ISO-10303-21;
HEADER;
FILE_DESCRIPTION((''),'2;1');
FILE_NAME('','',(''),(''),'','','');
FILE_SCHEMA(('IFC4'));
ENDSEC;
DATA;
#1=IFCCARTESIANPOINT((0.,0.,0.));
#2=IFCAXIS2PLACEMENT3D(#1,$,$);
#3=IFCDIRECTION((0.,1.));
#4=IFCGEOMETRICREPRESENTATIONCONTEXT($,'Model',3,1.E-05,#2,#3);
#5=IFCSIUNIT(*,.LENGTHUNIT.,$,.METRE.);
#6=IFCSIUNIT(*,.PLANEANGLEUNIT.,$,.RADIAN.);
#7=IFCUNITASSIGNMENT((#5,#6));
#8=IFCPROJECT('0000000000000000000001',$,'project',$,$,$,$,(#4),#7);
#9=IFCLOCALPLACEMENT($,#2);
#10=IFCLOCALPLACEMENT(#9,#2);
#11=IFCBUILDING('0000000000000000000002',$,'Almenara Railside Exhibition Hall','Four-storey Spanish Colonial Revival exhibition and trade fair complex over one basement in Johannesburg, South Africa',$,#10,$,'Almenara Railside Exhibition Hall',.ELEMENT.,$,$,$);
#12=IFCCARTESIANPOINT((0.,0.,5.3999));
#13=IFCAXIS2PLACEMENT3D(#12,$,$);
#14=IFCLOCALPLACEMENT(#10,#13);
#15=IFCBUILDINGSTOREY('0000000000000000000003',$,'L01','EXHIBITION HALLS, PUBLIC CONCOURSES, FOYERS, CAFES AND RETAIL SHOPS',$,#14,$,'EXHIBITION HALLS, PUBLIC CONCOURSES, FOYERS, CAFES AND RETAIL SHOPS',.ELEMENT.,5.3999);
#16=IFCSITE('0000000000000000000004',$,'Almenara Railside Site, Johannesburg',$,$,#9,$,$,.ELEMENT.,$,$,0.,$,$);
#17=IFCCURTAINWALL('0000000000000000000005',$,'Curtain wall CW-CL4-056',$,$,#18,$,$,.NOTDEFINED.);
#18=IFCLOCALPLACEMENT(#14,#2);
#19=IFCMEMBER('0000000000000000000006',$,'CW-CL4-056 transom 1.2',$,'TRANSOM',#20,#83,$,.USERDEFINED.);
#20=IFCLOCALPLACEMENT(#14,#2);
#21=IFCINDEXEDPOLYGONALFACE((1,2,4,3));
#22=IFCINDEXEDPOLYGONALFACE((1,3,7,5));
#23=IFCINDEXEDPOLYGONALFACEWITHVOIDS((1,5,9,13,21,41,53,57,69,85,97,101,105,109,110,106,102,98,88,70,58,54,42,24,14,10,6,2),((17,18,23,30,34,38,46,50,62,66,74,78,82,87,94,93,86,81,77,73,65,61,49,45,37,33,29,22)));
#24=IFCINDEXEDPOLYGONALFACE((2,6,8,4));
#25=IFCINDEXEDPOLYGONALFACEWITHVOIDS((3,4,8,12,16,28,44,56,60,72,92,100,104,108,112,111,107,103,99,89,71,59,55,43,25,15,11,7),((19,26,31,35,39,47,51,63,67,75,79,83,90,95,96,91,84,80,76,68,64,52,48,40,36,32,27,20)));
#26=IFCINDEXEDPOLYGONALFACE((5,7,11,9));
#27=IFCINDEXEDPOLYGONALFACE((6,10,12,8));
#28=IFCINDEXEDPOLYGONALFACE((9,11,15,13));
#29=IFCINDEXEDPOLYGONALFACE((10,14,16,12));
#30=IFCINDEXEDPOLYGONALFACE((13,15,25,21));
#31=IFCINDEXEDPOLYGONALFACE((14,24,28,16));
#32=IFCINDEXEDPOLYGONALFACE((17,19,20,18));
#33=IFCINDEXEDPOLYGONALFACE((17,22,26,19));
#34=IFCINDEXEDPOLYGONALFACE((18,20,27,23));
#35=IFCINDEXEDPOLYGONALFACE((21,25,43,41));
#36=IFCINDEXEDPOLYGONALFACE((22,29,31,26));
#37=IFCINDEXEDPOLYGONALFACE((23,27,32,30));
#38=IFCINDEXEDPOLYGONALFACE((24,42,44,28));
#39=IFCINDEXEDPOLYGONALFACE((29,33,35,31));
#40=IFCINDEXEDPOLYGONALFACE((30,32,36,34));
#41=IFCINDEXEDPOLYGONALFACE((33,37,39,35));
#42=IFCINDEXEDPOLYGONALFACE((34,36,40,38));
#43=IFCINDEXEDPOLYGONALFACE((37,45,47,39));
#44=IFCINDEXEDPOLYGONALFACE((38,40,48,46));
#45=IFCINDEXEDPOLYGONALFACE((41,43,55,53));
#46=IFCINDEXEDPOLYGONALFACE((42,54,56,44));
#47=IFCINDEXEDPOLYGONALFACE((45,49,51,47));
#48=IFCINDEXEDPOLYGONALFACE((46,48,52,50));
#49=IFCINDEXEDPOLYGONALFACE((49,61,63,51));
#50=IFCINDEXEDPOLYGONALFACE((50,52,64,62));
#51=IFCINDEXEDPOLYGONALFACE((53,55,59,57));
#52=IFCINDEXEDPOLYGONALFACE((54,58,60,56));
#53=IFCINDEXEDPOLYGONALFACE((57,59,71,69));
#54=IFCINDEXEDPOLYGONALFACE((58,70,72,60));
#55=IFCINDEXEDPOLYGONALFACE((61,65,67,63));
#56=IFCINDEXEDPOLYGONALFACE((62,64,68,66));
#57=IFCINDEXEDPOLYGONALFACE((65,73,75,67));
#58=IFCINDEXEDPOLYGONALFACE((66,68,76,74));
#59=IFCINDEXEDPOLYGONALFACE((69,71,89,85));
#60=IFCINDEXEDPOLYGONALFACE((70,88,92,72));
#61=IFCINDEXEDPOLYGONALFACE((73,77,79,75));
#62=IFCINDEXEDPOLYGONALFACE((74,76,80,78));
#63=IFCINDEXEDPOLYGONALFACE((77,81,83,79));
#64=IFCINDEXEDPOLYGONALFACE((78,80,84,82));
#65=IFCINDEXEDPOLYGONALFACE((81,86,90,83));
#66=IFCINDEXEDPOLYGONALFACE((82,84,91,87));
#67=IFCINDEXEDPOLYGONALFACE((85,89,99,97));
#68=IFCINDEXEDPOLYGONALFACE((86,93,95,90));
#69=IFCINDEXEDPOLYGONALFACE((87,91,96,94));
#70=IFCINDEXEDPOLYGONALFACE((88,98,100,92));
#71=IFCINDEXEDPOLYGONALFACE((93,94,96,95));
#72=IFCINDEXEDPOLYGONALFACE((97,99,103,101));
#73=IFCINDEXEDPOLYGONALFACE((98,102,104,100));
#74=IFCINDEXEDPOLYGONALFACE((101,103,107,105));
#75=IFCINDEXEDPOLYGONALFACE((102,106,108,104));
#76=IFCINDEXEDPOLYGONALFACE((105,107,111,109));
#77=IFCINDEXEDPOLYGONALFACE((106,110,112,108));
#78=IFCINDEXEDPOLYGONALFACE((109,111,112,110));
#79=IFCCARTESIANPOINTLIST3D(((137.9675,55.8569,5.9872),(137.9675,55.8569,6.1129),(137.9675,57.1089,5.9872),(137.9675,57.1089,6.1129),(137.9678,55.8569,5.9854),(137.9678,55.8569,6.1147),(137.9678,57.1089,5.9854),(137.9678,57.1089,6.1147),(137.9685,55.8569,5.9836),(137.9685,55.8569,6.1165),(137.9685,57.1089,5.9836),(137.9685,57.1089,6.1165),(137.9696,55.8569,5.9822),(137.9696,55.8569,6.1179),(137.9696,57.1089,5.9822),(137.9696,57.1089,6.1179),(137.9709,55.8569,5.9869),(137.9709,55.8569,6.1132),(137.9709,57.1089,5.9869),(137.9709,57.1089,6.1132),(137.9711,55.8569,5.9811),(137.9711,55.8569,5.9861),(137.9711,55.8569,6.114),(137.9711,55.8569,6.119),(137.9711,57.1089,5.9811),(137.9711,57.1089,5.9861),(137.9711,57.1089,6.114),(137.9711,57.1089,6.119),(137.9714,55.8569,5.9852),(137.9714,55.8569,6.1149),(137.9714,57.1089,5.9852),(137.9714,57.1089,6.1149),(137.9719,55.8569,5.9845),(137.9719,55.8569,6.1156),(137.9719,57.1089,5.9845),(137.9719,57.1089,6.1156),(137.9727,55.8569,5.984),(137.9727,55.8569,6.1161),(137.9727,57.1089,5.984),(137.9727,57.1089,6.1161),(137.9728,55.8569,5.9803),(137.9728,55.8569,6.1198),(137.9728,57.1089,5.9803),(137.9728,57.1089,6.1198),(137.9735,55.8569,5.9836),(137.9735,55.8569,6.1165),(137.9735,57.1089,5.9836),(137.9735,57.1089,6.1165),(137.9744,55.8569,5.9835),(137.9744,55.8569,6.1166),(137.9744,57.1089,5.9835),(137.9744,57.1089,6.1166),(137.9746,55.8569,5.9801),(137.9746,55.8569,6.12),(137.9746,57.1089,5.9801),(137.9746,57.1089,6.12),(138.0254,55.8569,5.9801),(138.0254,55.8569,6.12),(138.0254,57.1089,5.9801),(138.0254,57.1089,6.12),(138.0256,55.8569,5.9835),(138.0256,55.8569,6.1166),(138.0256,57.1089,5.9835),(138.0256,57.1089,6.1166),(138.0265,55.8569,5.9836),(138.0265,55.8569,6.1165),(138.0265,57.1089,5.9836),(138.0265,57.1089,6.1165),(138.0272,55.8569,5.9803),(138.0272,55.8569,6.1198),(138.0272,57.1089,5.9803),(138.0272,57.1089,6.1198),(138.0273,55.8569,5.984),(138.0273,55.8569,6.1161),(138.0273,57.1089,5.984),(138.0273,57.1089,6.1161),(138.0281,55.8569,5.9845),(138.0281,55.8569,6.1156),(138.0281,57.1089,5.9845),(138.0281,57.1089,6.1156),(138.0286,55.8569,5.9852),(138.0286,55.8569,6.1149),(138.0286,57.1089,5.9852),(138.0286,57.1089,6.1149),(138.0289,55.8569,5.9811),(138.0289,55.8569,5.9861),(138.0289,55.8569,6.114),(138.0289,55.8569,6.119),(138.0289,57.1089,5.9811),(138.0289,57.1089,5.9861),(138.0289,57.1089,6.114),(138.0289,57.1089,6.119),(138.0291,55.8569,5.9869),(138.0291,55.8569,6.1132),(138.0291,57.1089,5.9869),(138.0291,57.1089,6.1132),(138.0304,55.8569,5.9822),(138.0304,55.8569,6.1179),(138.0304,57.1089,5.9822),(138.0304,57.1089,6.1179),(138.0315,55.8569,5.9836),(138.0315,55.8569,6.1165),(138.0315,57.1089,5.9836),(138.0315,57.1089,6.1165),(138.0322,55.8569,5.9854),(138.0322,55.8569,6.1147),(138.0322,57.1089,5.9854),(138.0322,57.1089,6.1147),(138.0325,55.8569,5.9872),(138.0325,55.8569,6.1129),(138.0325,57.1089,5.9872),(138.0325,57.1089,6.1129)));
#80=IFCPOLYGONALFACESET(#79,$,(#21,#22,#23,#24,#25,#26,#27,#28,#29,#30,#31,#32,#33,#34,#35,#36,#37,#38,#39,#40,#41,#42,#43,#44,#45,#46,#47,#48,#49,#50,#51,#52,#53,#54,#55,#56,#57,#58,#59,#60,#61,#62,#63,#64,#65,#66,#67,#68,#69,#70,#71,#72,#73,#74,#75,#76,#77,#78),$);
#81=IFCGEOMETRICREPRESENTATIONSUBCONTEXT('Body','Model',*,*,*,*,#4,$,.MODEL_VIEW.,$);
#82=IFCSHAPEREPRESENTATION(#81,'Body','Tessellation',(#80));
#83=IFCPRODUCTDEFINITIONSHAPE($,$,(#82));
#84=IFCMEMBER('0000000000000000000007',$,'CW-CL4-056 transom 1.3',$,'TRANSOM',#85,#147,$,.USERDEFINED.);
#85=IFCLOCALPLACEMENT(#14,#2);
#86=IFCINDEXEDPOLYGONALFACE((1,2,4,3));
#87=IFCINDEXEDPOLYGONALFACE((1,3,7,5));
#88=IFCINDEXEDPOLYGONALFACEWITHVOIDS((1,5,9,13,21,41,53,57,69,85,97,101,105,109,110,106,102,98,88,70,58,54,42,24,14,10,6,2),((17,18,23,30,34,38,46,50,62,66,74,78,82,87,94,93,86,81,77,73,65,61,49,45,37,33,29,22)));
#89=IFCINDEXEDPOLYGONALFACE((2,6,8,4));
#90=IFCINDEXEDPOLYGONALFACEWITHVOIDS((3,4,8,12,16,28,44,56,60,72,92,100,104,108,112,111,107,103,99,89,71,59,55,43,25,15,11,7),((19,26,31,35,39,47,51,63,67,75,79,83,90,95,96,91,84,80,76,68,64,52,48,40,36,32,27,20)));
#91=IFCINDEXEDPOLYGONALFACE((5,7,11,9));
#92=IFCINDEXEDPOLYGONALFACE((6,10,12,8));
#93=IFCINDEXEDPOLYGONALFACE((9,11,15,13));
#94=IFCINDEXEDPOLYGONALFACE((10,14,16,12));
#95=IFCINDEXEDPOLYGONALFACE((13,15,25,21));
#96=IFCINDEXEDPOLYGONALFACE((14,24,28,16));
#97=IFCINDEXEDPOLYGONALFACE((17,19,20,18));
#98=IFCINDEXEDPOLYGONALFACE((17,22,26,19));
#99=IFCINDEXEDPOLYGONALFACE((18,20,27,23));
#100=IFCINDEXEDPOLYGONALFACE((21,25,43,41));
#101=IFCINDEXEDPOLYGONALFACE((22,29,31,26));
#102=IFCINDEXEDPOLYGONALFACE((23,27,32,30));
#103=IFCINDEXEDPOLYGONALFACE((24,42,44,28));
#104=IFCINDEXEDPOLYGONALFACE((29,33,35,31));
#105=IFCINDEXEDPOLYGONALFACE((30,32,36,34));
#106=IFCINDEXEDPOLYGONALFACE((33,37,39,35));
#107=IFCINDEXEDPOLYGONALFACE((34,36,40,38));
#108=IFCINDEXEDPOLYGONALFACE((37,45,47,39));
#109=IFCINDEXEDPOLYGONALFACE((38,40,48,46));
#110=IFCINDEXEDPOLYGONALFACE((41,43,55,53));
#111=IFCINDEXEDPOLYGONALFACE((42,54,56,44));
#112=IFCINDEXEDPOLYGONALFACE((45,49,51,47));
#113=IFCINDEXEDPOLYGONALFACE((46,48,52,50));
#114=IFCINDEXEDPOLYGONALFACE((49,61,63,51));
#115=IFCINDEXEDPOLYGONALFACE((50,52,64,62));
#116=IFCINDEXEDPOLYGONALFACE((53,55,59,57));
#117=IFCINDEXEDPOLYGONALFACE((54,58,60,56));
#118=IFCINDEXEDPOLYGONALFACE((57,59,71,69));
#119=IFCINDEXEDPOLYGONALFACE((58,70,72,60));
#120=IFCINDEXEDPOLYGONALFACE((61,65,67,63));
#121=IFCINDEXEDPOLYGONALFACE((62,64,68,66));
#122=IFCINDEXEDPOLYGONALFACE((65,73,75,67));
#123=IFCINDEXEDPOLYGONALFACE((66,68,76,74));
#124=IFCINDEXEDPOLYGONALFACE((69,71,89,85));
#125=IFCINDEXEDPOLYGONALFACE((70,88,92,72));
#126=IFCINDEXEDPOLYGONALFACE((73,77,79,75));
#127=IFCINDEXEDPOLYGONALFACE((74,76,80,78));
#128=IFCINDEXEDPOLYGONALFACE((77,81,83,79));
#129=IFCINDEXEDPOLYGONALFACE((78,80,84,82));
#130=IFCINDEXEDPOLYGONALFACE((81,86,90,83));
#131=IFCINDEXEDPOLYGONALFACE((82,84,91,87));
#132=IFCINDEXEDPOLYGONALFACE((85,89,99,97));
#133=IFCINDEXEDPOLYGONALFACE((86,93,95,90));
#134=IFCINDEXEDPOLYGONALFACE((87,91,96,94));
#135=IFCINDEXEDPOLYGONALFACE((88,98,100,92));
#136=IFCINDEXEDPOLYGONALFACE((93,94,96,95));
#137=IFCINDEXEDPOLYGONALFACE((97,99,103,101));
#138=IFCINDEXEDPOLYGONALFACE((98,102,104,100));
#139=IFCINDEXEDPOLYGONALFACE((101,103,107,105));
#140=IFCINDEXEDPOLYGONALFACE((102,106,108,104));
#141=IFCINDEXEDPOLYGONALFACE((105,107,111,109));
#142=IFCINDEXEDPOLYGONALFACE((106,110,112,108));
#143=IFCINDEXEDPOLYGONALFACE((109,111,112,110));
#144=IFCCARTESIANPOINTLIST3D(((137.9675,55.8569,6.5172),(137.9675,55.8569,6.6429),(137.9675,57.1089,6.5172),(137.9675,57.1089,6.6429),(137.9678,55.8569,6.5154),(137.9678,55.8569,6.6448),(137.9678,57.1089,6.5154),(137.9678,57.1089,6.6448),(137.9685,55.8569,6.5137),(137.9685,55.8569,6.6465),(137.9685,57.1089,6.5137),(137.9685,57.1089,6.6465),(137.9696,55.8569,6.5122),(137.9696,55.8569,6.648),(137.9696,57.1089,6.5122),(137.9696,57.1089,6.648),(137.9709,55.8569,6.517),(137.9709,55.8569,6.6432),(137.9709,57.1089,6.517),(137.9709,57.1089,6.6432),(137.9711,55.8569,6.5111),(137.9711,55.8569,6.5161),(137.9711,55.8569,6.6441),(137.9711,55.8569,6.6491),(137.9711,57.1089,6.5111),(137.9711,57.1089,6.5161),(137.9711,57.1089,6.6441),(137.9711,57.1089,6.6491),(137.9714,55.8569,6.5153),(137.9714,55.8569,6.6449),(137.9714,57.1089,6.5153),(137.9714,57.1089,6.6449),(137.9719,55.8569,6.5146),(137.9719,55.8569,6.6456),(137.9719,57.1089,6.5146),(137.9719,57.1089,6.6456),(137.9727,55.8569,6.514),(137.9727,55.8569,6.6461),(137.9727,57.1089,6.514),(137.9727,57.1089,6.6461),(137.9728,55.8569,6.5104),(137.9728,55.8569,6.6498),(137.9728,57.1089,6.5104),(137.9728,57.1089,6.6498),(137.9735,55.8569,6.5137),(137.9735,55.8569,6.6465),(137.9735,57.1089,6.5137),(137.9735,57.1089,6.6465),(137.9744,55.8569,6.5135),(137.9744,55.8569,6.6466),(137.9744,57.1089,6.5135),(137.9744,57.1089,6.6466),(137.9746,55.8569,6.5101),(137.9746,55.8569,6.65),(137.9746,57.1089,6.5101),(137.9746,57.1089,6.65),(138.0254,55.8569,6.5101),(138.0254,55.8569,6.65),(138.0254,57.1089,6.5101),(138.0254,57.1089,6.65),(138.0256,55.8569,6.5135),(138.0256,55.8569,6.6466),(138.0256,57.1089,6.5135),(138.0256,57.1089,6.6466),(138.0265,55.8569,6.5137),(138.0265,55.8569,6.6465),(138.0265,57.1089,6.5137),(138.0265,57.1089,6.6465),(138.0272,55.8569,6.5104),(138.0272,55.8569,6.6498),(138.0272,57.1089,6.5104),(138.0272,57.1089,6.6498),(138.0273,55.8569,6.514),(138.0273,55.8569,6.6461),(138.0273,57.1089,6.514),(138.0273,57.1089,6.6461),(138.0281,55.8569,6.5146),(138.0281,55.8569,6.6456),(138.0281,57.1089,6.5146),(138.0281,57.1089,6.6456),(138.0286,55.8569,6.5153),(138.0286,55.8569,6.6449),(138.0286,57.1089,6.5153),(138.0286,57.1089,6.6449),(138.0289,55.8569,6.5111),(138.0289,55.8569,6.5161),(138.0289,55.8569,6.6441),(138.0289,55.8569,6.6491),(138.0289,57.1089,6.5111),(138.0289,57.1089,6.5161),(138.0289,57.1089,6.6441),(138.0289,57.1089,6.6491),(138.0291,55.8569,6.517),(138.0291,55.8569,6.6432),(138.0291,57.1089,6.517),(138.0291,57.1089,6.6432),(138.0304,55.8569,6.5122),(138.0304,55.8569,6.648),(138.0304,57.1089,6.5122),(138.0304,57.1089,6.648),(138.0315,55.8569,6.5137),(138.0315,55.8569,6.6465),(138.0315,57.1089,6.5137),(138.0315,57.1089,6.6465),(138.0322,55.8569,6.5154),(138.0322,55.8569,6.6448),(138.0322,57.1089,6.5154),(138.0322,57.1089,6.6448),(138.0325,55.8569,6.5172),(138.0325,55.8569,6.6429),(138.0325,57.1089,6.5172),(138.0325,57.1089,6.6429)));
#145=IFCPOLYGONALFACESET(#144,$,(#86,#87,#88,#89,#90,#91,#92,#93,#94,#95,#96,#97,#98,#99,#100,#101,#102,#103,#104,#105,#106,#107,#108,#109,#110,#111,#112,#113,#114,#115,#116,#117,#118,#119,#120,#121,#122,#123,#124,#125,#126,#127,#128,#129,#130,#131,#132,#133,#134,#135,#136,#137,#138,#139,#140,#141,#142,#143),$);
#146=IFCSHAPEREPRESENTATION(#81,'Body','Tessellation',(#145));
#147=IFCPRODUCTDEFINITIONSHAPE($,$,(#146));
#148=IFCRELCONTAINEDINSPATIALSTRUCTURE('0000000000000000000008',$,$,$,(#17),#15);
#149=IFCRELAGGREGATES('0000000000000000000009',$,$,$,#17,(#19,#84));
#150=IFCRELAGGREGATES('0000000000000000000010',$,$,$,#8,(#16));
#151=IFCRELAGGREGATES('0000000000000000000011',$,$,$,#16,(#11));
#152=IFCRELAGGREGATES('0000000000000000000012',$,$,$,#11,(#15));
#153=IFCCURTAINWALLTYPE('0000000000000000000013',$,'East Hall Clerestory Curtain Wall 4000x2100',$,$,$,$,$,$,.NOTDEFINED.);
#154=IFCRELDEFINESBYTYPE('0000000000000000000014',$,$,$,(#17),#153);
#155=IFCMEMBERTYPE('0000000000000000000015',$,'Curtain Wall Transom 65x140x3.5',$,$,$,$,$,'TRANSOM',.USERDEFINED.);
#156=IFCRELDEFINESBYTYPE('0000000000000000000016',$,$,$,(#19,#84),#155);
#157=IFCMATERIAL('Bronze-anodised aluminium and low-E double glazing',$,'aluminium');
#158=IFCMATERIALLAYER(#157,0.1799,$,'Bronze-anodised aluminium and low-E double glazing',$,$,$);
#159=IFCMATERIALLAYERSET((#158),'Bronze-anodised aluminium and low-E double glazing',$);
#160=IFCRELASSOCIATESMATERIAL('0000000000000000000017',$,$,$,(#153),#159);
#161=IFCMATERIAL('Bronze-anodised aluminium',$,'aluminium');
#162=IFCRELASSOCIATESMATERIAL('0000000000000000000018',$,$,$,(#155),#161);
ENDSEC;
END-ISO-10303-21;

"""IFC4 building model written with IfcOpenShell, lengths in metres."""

from ifc_helpers import new_model, si_unit, direction, frame, origin, origin_2d, place, context, subcontext, project, spatial, hollow_rectangle, extrude, material, layer, layer_set, material_profile, profile_set, type_object, element, aggregate, save


model = new_model("IFC4")

# Units and contexts
model_context = context("Model", 3, precision=1e-05, world=origin(), true_north=direction((0.0, 1.0)))
body_context = subcontext(model_context, "Body", "Model", "MODEL_VIEW")
ifc_project = project(units=[si_unit("LENGTHUNIT", "METRE"), si_unit("PLANEANGLEUNIT", "RADIAN")], contexts=[model_context])

# Site, building, storey
site_placement = place(None, origin())
site = spatial("IfcSite", under=ifc_project, at=site_placement, Name="Almenara Railside Site, Johannesburg", CompositionType="ELEMENT", RefElevation=0.0)
building_placement = place(site_placement, origin())
building = spatial("IfcBuilding", under=site, at=building_placement, Name="Almenara Railside Exhibition Hall", Description="Four-storey Spanish Colonial Revival exhibition and trade fair complex over one basement in Johannesburg, South Africa", LongName="Almenara Railside Exhibition Hall", CompositionType="ELEMENT")
storey_placement = place(building_placement, frame((0.0, 0.0, 5.3999)))
storey = spatial("IfcBuildingStorey", under=building, at=storey_placement, Name="L01", Description="EXHIBITION HALLS, PUBLIC CONCOURSES, FOYERS, CAFES AND RETAIL SHOPS", LongName="EXHIBITION HALLS, PUBLIC CONCOURSES, FOYERS, CAFES AND RETAIL SHOPS", CompositionType="ELEMENT", Elevation=5.3999)

# Curtain wall
ifc_material_1 = material(Name="Bronze-anodised aluminium and low-E double glazing", Category="aluminium")
ifc_layer_1 = layer(ifc_material_1, 0.1799, Name="Bronze-anodised aluminium and low-E double glazing")
ifc_layer_set_1 = layer_set([ifc_layer_1], Name="Bronze-anodised aluminium and low-E double glazing")
curtain_wall_type = type_object("IfcCurtainWallType", Name="East Hall Clerestory Curtain Wall 4000x2100", PredefinedType="NOTDEFINED", material=ifc_layer_set_1)
curtain_wall_1_placement = place(storey_placement, origin())
curtain_wall_1 = element("IfcCurtainWall", 1, at=curtain_wall_1_placement, inside=storey, type_object=curtain_wall_type, Name="Curtain wall CW-CL4-056", PredefinedType="NOTDEFINED")
ifc_material_2 = material(Name="Bronze-anodised aluminium", Category="aluminium")

# Members
ifc_material_profile_1 = material_profile(ifc_material_2, hollow_rectangle(XDim=0.0649, YDim=0.1399, WallThickness=0.0034, InnerFilletRadius=0.0034, OuterFilletRadius=0.0071, at=origin_2d()), Name="ALU-TRN 65x140x3.5")
ifc_profile_set_1 = profile_set([ifc_material_profile_1], Name="Bronze-anodised aluminium")
member_type_1 = type_object("IfcMemberType", Name="Curtain Wall Transom 65x140x3.5", ElementType="TRANSOM", PredefinedType="USERDEFINED", material=ifc_profile_set_1)
member_1_placement = place(storey_placement, frame((138.0, 55.8569, 6.05), z_axis=(0.0, 1.0, 0.0), x_axis=(-1.0, 0.0, 0.0)))
member_1 = element("IfcMember", 2, at=member_1_placement, type_object=member_type_1, Name="CW-CL4-056 transom 1.2", ObjectType="TRANSOM", PredefinedType="USERDEFINED", context=body_context, shape_type="SweptSolid", body=[
    extrude(hollow_rectangle(XDim=0.0649, YDim=0.1399, WallThickness=0.0034, InnerFilletRadius=0.0034, OuterFilletRadius=0.0071, at=origin_2d()), origin(), (0.0, 0.0, 1.0), 1.252),
])
member_2_placement = place(storey_placement, frame((138.0, 55.8569, 6.5801), z_axis=(0.0, 1.0, 0.0), x_axis=(-1.0, 0.0, 0.0)))
member_2 = element("IfcMember", 3, at=member_2_placement, type_object=member_type_1, Name="CW-CL4-056 transom 1.3", ObjectType="TRANSOM", PredefinedType="USERDEFINED", context=body_context, shape_type="SweptSolid", body=[
    extrude(hollow_rectangle(XDim=0.0649, YDim=0.1399, WallThickness=0.0034, InnerFilletRadius=0.0034, OuterFilletRadius=0.0071, at=origin_2d()), origin(), (0.0, 0.0, 1.0), 1.252),
])

aggregate(curtain_wall_1, [member_1, member_2])

save(model, "model.ifc")
